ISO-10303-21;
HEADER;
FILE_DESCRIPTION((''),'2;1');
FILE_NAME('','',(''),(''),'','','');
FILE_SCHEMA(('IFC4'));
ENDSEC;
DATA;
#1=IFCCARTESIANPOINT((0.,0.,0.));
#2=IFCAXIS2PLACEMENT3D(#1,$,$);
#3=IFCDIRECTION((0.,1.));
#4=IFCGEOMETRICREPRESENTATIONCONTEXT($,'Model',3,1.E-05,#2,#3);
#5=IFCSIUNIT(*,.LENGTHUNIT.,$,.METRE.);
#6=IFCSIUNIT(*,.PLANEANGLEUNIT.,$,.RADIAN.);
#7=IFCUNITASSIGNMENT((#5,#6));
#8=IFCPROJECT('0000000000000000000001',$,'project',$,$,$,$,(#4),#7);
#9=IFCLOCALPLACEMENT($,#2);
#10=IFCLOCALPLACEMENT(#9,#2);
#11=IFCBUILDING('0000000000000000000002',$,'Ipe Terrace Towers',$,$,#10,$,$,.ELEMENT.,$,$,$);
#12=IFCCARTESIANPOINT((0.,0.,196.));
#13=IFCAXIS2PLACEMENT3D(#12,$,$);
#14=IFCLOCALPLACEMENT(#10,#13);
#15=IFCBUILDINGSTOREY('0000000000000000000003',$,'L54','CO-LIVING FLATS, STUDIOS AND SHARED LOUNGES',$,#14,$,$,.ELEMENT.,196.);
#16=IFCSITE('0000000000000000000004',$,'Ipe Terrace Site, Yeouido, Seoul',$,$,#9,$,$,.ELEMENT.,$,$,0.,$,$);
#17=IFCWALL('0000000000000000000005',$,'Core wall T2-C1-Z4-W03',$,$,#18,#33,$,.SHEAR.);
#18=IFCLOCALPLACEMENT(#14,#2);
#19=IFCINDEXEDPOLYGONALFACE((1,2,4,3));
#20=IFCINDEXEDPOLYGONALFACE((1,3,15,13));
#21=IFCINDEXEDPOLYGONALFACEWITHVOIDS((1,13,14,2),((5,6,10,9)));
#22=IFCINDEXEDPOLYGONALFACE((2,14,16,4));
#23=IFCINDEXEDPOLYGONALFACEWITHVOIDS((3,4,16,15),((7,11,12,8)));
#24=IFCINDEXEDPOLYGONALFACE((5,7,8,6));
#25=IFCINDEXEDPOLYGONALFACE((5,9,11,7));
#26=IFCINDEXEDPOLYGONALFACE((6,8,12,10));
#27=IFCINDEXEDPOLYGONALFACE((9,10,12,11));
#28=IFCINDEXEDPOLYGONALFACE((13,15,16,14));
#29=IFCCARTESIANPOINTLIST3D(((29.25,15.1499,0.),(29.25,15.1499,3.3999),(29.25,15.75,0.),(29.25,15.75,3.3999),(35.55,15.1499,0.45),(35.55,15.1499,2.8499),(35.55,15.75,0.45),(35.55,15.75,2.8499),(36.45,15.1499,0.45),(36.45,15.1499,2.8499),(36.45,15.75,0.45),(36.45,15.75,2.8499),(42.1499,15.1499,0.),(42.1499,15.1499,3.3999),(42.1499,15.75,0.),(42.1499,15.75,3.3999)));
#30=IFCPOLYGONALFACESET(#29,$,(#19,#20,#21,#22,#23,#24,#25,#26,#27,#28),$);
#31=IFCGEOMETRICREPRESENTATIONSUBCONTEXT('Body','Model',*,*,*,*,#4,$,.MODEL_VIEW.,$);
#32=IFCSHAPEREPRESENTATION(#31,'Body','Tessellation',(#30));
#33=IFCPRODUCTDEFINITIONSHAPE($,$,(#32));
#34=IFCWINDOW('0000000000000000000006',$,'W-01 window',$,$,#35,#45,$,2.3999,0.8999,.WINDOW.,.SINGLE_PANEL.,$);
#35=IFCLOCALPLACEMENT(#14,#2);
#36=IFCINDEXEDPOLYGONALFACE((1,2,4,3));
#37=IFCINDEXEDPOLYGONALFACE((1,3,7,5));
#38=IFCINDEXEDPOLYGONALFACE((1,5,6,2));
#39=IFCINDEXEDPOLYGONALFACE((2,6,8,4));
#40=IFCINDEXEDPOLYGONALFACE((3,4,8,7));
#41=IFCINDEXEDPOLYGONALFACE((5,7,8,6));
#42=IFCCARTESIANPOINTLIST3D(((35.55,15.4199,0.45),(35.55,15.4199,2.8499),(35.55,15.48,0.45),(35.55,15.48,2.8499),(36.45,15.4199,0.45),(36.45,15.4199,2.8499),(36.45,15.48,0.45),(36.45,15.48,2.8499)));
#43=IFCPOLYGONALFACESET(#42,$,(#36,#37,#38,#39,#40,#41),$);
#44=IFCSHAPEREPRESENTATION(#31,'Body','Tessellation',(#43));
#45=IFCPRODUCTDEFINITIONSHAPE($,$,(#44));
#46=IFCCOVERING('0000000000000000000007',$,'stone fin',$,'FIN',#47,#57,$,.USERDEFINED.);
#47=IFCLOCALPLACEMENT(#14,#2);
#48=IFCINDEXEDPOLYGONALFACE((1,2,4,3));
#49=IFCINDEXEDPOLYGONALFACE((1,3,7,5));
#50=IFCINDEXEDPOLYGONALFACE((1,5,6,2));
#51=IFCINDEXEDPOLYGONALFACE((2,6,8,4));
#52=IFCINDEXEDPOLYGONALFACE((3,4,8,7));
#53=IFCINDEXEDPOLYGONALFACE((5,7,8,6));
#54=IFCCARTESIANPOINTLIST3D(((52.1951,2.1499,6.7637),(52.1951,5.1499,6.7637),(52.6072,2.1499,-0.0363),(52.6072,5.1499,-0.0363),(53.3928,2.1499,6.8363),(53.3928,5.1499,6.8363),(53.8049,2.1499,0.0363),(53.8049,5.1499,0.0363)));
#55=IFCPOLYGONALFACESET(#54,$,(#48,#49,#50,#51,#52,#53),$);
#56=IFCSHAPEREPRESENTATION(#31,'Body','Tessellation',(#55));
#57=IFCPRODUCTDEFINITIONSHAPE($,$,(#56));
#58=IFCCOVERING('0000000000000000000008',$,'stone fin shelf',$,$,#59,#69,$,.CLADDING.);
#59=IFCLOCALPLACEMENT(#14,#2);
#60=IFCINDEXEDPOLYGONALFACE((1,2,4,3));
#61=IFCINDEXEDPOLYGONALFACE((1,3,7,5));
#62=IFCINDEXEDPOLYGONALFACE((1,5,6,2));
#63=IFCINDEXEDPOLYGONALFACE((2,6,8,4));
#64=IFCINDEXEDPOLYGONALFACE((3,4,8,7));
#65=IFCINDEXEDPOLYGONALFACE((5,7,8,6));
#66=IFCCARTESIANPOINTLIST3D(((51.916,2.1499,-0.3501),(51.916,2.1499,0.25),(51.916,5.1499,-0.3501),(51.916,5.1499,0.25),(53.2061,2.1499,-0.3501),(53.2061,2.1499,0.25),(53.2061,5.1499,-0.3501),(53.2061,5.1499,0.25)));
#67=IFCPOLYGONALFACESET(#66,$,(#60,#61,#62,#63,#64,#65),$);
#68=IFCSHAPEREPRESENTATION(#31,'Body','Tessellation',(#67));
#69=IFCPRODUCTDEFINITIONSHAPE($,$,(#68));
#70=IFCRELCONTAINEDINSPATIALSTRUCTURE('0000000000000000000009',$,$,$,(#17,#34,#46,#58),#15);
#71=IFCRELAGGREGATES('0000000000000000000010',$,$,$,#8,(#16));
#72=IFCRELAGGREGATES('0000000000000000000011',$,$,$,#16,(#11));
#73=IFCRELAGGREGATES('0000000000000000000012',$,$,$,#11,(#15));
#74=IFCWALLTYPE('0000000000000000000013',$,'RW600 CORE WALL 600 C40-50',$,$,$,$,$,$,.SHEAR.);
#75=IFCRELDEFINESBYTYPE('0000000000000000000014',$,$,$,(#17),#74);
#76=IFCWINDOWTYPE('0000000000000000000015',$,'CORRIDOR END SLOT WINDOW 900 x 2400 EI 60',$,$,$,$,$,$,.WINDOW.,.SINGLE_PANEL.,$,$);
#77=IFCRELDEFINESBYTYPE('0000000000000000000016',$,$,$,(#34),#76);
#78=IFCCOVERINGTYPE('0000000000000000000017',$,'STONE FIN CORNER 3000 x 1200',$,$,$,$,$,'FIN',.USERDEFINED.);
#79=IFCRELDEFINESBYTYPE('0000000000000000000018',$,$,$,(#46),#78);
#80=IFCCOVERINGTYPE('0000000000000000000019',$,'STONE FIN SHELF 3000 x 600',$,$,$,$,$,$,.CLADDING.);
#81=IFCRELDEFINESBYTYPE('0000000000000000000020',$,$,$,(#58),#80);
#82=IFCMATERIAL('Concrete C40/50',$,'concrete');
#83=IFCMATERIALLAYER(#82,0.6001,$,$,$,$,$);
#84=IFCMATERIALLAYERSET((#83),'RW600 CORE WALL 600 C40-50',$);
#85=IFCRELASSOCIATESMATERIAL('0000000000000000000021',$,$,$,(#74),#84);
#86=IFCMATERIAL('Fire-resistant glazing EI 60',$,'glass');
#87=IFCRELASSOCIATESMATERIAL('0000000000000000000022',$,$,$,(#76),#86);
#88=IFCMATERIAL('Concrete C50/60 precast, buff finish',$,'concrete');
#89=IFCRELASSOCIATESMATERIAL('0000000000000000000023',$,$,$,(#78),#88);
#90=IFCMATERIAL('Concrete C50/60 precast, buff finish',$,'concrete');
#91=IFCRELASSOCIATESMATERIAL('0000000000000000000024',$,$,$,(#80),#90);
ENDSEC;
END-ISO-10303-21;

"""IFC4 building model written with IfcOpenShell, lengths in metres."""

from ifc_helpers import new_model, si_unit, direction, frame, frame_2d, origin, origin_2d, place, context, subcontext, project, spatial, rectangle, extrude, material, layer, layer_set, material_profile, profile_set, type_object, element, fill, save


model = new_model("IFC4")

# Units and contexts
model_context = context("Model", 3, precision=1e-05, world=origin(), true_north=direction((0.0, 1.0)))
body_context = subcontext(model_context, "Body", "Model", "MODEL_VIEW")
ifc_project = project(units=[si_unit("LENGTHUNIT", "METRE"), si_unit("PLANEANGLEUNIT", "RADIAN")], contexts=[model_context])

# Site, building, storey
site_placement = place(None, origin())
site = spatial("IfcSite", under=ifc_project, at=site_placement, Name="Ipe Terrace Site, Yeouido, Seoul", CompositionType="ELEMENT", RefElevation=0.0)
building_placement = place(site_placement, origin())
building = spatial("IfcBuilding", under=site, at=building_placement, Name="Ipe Terrace Towers", CompositionType="ELEMENT")
storey_placement = place(building_placement, frame((0.0, 0.0, 196.0)))
storey = spatial("IfcBuildingStorey", under=building, at=storey_placement, Name="L54", Description="CO-LIVING FLATS, STUDIOS AND SHARED LOUNGES", CompositionType="ELEMENT", Elevation=196.0)

# Shared definitions
ifc_material_1 = material(Name="Concrete C40/50", Category="concrete")
ifc_layer_1 = layer(ifc_material_1, 0.6001)
ifc_layer_set_1 = layer_set([ifc_layer_1], Name="RW600 CORE WALL 600 C40-50")
wall_type_1 = type_object("IfcWallType", Name="RW600 CORE WALL 600 C40-50", PredefinedType="SHEAR", material=ifc_layer_set_1)

# Wall, opening, window
wall_1_placement = place(storey_placement, frame((42.1499, 15.45, 0.0), z_axis=(0.0, 0.0, 1.0), x_axis=(-1.0, 0.0, 0.0)))
wall_1 = element("IfcWall", 1, at=wall_1_placement, inside=storey, type_object=wall_type_1, Name="Core wall T2-C1-Z4-W03", PredefinedType="SHEAR", context=body_context, shape_type="SweptSolid", body=[
    extrude(rectangle(XDim=12.8999, YDim=0.6001, at=frame_2d((6.45, 0.0))), origin(), (0.0, 0.0, 1.0), 3.3999),
])
opening_1_placement = place(wall_1_placement, frame((5.7, 0.0, 0.45)))
opening_1 = element("IfcOpeningElement", 2, at=opening_1_placement, cuts=wall_1, PredefinedType="OPENING", context=body_context, shape_type="SweptSolid", body=[
    extrude(rectangle(XDim=0.8999, YDim=2.3999, at=frame_2d((0.45, 1.2))), frame((0.0, 0.3101, 0.0), z_axis=(0.0, -1.0, 0.0), x_axis=(1.0, 0.0, 0.0)), (0.0, 0.0, 1.0), 0.6201),
])
ifc_material_2 = material(Name="Fire-resistant glazing EI 60", Category="glass")
window_type = type_object("IfcWindowType", Name="CORRIDOR END SLOT WINDOW 900 x 2400 EI 60", PartitioningType="SINGLE_PANEL", PredefinedType="WINDOW", material=ifc_material_2)
window_placement = place(opening_1_placement, origin())
window = element("IfcWindow", 3, at=window_placement, inside=storey, type_object=window_type, Name="W-01 window", OverallHeight=2.3999, OverallWidth=0.8999, PartitioningType="SINGLE_PANEL", PredefinedType="WINDOW", context=body_context, shape_type="SweptSolid", body=[
    extrude(rectangle(XDim=0.8999, YDim=2.3999, at=frame_2d((0.45, 1.2))), frame((0.0, 0.03, 0.0), z_axis=(0.0, -1.0, 0.0), x_axis=(1.0, 0.0, 0.0)), (0.0, 0.0, 1.0), 0.0601),
])
fill(opening_1, window)

# Coverings
ifc_material_3 = material(Name="Concrete C50/60 precast, buff finish", Category="concrete")
ifc_material_profile_1 = material_profile(ifc_material_3, rectangle(XDim=3.0, YDim=1.2, at=origin_2d()), Name="STONE FIN CORNER 3000 x 1200")
ifc_profile_set_1 = profile_set([ifc_material_profile_1], Name="Concrete C50/60 precast, buff finish")
covering_type_1 = type_object("IfcCoveringType", Name="STONE FIN CORNER 3000 x 1200", ElementType="FIN", PredefinedType="USERDEFINED", material=ifc_profile_set_1)
covering_1_placement = place(storey_placement, frame((53.2061, 3.6499, 0.0), z_axis=(-0.060493, 0.0, 0.998169), x_axis=(0.0, 1.0, 0.0)))
element("IfcCovering", 4, at=covering_1_placement, inside=storey, type_object=covering_type_1, Name="stone fin", ObjectType="FIN", PredefinedType="USERDEFINED", context=body_context, shape_type="SweptSolid", body=[
    extrude(rectangle(XDim=3.0, YDim=1.2, at=origin_2d()), origin(), (0.0, 0.0, 1.0), 6.8125),
])
ifc_material_4 = material(Name="Concrete C50/60 precast, buff finish", Category="concrete")
covering_type_2 = type_object("IfcCoveringType", Name="STONE FIN SHELF 3000 x 600", PredefinedType="CLADDING", material=ifc_material_4)
covering_2_placement = place(storey_placement, frame((52.561, 3.6499, -0.3501), z_axis=(0.0, 0.0, 1.0), x_axis=(0.0, 1.0, 0.0)))
element("IfcCovering", 5, at=covering_2_placement, inside=storey, type_object=covering_type_2, Name="stone fin shelf", PredefinedType="CLADDING", context=body_context, shape_type="SweptSolid", body=[
    extrude(rectangle(XDim=3.0, YDim=1.29, at=origin_2d()), origin(), (0.0, 0.0, 1.0), 0.6001),
])

save(model, "model.ifc")
